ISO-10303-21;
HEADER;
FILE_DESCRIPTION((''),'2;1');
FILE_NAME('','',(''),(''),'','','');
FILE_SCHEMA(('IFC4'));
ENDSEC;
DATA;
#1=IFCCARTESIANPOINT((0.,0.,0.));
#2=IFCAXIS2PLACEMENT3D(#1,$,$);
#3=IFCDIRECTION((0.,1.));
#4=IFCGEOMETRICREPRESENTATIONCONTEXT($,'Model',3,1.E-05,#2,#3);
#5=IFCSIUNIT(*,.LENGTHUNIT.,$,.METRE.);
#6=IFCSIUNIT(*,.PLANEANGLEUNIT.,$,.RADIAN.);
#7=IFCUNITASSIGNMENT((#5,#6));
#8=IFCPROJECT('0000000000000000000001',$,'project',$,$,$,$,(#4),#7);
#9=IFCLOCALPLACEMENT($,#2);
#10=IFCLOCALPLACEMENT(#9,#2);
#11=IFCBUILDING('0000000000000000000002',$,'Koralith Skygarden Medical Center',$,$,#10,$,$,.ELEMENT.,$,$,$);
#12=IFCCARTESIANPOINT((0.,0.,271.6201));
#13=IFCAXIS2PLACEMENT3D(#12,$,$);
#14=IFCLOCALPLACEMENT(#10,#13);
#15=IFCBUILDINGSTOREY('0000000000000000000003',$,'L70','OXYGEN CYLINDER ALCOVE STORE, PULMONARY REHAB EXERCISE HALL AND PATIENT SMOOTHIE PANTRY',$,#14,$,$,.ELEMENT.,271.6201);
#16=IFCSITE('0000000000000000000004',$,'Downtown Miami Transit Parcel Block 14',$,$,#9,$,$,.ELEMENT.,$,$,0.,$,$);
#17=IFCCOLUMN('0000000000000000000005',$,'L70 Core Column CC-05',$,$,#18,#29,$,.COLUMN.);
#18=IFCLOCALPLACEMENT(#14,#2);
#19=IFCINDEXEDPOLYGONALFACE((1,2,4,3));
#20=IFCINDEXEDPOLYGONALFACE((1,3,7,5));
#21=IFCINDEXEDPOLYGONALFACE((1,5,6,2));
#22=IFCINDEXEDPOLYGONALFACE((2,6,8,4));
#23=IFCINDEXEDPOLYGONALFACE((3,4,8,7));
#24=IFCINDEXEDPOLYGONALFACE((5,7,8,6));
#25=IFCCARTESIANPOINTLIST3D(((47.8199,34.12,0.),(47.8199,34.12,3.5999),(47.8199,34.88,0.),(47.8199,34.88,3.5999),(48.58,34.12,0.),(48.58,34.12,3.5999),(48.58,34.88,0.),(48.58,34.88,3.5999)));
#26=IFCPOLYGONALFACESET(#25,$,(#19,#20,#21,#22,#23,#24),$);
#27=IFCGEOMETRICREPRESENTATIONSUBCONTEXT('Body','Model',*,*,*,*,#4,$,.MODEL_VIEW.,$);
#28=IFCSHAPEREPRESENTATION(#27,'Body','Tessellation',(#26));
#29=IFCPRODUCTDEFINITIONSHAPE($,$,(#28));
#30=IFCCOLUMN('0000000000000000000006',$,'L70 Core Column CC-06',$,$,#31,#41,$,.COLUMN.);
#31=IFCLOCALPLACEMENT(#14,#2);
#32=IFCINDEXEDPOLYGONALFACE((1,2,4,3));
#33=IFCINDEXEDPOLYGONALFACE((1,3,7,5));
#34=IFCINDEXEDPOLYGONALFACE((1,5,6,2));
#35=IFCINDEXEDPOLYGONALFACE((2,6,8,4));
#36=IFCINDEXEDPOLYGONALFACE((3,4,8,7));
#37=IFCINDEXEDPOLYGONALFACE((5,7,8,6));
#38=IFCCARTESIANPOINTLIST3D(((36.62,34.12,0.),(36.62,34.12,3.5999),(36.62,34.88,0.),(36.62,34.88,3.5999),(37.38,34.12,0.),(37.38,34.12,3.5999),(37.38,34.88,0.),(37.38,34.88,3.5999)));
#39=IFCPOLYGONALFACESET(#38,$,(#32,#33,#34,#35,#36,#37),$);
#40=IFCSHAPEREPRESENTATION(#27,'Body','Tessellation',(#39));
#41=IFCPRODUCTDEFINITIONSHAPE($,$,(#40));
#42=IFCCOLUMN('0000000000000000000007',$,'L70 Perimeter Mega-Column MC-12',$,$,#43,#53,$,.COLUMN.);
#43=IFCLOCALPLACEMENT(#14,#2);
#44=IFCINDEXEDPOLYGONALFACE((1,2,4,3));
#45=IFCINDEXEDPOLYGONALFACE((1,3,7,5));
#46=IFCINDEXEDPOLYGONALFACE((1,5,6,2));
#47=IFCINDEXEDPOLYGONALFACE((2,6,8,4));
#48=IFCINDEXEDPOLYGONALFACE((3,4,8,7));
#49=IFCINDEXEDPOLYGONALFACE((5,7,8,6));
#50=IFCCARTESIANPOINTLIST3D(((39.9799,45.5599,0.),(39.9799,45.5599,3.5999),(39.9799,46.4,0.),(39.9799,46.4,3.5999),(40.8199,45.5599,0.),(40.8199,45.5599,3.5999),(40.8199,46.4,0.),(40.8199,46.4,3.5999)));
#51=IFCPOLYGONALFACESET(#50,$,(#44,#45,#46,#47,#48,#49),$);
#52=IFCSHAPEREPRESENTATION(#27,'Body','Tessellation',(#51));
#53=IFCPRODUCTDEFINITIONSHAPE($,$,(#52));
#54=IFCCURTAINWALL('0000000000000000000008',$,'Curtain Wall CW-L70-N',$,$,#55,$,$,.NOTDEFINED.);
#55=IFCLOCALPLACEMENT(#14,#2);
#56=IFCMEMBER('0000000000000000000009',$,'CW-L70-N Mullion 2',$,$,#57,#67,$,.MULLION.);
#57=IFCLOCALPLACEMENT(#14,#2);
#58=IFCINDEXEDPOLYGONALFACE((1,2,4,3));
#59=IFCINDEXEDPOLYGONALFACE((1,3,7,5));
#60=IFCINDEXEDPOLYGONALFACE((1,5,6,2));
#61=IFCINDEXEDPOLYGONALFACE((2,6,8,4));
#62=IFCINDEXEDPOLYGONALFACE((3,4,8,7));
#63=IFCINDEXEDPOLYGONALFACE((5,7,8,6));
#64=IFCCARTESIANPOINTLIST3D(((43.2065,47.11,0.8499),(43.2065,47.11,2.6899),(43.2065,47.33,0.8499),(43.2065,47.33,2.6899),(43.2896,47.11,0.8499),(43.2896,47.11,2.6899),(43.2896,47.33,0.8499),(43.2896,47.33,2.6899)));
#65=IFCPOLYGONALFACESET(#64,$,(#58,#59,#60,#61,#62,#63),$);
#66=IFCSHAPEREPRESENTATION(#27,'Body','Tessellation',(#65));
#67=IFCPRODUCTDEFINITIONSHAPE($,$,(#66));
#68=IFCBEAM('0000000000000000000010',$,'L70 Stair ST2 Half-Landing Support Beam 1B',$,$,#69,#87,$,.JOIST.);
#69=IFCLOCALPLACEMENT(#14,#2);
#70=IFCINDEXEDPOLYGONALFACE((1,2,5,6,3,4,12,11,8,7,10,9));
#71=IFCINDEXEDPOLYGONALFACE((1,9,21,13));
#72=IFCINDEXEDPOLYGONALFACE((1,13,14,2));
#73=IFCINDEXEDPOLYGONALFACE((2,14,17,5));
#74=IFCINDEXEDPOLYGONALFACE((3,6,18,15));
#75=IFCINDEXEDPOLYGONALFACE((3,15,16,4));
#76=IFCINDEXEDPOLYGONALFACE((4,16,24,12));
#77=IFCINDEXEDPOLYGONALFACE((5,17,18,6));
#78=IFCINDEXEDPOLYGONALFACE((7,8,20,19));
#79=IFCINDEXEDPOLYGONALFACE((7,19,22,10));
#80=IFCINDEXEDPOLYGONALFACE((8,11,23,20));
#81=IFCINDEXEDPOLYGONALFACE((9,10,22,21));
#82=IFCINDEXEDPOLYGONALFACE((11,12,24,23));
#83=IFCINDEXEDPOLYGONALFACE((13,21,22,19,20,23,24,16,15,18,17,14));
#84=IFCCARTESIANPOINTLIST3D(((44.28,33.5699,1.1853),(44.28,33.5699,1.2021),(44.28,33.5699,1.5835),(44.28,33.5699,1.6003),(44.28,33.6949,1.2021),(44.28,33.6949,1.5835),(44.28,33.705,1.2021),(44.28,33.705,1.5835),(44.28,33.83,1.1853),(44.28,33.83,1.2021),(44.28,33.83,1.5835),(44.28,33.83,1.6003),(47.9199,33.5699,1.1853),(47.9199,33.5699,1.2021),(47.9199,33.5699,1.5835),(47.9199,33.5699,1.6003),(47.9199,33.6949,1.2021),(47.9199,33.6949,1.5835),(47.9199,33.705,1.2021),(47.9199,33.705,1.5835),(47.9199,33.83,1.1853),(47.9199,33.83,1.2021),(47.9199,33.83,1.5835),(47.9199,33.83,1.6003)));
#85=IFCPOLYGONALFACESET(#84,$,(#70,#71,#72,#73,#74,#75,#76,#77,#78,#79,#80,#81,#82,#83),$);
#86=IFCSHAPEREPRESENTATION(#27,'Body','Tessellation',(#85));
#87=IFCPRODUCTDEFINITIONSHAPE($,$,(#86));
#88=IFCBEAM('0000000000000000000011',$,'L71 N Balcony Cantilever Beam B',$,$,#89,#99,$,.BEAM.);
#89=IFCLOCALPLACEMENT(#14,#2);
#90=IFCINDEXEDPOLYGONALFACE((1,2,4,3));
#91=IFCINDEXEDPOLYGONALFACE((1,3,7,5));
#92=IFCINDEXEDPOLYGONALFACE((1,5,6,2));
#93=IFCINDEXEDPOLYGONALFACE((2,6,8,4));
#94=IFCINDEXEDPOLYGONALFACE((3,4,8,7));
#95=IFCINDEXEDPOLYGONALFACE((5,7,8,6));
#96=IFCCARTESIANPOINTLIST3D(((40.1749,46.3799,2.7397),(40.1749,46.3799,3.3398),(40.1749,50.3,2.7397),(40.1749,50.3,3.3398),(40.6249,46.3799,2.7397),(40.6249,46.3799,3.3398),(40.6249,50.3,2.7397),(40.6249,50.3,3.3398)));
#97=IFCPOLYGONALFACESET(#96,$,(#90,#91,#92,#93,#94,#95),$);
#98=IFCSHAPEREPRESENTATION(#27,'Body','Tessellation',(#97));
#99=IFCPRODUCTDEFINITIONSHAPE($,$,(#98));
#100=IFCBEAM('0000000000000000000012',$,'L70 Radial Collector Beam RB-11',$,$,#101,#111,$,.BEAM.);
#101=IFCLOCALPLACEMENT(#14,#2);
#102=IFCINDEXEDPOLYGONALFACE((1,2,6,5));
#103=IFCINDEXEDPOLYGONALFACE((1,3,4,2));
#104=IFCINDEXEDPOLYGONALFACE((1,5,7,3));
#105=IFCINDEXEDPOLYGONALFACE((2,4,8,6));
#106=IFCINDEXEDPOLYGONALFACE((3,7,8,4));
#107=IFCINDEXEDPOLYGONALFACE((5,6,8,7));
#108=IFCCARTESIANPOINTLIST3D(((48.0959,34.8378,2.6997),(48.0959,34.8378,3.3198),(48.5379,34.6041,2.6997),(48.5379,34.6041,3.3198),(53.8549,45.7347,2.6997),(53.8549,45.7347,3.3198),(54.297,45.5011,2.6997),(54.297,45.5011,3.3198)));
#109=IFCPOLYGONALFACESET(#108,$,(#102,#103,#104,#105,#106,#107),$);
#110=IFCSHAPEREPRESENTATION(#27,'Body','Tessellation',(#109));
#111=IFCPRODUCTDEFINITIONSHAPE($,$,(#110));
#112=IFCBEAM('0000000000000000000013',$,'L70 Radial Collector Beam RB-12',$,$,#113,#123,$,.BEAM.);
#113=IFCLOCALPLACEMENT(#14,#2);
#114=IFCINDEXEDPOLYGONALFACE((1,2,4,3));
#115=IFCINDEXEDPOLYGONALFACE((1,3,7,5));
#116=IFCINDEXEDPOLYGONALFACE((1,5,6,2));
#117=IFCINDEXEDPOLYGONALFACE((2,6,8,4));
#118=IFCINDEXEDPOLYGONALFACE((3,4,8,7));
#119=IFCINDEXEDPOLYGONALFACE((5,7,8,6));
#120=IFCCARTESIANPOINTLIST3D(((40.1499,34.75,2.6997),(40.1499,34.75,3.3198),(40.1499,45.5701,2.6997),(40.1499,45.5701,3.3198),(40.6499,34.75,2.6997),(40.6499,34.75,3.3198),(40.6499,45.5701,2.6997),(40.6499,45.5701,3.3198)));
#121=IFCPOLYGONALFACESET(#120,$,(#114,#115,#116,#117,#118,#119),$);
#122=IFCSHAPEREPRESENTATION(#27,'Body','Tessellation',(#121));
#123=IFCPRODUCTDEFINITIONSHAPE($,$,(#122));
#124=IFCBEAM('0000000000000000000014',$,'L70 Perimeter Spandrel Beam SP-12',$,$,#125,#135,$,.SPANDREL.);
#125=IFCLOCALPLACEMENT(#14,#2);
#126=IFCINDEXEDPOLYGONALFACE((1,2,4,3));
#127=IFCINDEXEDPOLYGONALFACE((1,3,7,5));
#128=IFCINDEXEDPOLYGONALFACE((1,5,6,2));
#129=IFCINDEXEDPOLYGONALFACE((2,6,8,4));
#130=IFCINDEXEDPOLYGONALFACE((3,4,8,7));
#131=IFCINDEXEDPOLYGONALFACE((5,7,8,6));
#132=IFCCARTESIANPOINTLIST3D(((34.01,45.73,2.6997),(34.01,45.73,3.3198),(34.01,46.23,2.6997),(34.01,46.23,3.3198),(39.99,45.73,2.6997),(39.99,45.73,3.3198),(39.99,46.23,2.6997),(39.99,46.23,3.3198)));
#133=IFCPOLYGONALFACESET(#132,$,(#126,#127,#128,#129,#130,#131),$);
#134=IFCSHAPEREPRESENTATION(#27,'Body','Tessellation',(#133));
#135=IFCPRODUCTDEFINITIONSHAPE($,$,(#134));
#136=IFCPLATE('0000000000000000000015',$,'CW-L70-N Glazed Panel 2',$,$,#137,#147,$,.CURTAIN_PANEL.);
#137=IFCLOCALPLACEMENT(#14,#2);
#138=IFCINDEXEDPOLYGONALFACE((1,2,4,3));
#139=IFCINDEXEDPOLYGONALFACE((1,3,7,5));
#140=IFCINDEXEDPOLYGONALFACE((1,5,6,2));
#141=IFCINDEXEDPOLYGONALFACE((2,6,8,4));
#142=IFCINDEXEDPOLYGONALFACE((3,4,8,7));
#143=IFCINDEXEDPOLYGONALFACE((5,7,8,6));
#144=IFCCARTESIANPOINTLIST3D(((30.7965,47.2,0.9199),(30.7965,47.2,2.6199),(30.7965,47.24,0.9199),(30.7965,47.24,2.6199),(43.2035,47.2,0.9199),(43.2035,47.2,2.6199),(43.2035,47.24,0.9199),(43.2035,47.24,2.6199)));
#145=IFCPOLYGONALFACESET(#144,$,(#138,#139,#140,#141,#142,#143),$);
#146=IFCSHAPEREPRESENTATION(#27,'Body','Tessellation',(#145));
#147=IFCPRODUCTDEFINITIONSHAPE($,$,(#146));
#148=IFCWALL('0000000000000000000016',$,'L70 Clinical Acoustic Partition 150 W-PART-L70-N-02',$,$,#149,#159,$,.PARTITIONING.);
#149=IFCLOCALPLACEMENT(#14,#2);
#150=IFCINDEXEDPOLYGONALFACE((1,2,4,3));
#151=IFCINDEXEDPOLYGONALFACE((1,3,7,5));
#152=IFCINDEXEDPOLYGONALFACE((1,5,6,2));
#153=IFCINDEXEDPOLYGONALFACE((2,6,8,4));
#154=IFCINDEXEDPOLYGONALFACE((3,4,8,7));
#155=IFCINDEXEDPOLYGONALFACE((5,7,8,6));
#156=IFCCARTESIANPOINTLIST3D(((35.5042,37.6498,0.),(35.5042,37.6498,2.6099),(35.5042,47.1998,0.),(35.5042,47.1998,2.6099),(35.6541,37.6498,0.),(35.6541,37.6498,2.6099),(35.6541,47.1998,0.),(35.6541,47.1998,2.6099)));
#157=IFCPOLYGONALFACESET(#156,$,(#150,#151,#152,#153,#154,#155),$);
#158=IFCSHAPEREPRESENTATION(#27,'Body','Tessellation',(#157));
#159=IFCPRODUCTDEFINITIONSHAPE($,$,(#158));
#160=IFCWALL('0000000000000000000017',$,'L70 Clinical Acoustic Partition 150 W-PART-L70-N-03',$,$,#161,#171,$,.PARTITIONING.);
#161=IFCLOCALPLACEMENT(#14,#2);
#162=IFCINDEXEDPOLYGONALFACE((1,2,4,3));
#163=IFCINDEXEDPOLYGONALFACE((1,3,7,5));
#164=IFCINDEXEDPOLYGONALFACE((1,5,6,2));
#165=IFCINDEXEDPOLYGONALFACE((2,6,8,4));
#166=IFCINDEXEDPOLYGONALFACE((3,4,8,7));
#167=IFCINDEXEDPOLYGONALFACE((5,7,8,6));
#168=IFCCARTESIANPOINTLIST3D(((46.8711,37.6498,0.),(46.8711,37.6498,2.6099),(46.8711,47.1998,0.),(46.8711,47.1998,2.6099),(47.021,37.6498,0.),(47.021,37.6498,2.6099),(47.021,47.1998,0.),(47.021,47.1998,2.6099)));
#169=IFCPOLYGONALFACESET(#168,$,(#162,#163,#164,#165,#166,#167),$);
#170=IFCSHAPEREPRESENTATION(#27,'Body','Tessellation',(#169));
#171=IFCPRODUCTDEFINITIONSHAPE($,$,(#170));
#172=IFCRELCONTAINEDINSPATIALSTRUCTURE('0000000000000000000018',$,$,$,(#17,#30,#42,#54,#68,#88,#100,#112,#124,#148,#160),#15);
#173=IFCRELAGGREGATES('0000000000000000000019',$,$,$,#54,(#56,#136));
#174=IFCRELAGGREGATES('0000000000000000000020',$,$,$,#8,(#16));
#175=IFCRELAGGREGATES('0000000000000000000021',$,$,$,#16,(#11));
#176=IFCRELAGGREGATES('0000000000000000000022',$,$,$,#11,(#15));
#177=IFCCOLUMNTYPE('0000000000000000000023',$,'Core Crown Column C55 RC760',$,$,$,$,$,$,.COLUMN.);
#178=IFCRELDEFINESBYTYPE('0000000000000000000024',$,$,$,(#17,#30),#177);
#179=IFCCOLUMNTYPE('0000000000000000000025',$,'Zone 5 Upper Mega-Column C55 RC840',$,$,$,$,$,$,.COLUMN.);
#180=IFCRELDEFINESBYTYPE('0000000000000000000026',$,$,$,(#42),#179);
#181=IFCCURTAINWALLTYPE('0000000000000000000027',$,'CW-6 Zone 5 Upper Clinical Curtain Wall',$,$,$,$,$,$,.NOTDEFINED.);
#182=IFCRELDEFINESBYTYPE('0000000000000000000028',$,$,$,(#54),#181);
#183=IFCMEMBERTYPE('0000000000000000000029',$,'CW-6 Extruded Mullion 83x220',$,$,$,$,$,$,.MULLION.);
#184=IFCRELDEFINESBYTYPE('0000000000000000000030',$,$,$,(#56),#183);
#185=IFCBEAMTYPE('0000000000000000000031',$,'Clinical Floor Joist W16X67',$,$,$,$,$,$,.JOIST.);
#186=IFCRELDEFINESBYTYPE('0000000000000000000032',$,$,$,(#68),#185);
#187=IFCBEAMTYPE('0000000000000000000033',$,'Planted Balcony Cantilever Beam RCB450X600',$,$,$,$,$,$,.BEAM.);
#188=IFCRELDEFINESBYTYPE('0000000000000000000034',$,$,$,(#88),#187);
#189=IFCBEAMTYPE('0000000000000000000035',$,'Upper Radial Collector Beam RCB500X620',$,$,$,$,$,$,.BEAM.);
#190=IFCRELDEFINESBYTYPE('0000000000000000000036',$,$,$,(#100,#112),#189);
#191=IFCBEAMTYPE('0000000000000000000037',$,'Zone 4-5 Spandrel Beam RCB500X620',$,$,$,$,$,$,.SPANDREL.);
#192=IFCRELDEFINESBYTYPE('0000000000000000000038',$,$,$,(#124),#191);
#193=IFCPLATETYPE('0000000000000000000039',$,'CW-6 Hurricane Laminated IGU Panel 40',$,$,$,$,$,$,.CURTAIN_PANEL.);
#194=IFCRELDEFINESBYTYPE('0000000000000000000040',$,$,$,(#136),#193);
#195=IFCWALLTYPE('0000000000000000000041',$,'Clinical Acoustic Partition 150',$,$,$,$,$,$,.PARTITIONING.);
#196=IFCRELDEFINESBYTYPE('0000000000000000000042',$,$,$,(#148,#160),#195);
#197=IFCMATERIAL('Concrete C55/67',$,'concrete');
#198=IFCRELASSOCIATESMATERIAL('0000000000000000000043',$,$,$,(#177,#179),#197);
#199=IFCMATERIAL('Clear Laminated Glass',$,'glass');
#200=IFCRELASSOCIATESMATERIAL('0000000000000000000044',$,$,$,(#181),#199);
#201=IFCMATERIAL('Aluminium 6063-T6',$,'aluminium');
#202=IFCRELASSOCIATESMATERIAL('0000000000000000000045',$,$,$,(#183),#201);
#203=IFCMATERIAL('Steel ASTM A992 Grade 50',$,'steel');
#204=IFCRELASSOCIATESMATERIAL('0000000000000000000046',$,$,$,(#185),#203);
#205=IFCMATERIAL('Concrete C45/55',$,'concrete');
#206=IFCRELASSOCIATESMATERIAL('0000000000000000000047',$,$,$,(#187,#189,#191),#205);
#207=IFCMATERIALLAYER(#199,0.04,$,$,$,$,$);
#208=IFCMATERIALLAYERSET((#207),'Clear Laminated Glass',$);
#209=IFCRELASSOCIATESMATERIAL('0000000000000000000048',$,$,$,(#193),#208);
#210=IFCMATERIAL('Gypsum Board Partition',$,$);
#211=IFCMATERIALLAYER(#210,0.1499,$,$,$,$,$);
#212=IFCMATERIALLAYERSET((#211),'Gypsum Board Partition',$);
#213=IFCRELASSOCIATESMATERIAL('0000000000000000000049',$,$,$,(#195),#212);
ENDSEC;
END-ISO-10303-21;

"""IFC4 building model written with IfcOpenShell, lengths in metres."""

from ifc_helpers import new_model, si_unit, direction, frame, frame_2d, origin, origin_2d, place, context, subcontext, project, spatial, rectangle, i_section, extrude, material, layer, layer_set, material_profile, profile_set, type_object, element, aggregate, save


model = new_model("IFC4")

# Units and contexts
model_context = context("Model", 3, precision=1e-05, world=origin(), true_north=direction((0.0, 1.0)))
body_context = subcontext(model_context, "Body", "Model", "MODEL_VIEW")
ifc_project = project(units=[si_unit("LENGTHUNIT", "METRE"), si_unit("PLANEANGLEUNIT", "RADIAN")], contexts=[model_context])

# Site, building, storey
site_placement = place(None, origin())
site = spatial("IfcSite", under=ifc_project, at=site_placement, Name="Downtown Miami Transit Parcel Block 14", CompositionType="ELEMENT", RefElevation=0.0)
building_placement = place(site_placement, origin())
building = spatial("IfcBuilding", under=site, at=building_placement, Name="Koralith Skygarden Medical Center", CompositionType="ELEMENT")
storey_placement = place(building_placement, frame((0.0, 0.0, 271.6201)))
storey = spatial("IfcBuildingStorey", under=building, at=storey_placement, Name="L70", Description="OXYGEN CYLINDER ALCOVE STORE, PULMONARY REHAB EXERCISE HALL AND PATIENT SMOOTHIE PANTRY", CompositionType="ELEMENT", Elevation=271.6201)

# Columns
ifc_material_1 = material(Name="Concrete C55/67", Category="concrete")
ifc_material_profile_1 = material_profile(ifc_material_1, rectangle(XDim=0.76, YDim=0.76, at=origin_2d()), Name="RC760X760")
ifc_profile_set_1 = profile_set([ifc_material_profile_1], Name="Concrete C55/67")
column_type_1 = type_object("IfcColumnType", Name="Core Crown Column C55 RC760", PredefinedType="COLUMN", material=ifc_profile_set_1)
for number, where, z_axis, x_axis, name in (
    (1, (48.2, 34.5, 0.0), (0.0, 0.0, 1.0), (1.0, 0.0, 0.0), "L70 Core Column CC-05"),
    (2, (37.0, 34.5, 0.0), (0.0, 0.0, 1.0), (1.0, 0.0, 0.0), "L70 Core Column CC-06"),
):
    element("IfcColumn", number, at=place(storey_placement, frame(where, z_axis=z_axis, x_axis=x_axis)), inside=storey, type_object=column_type_1, Name=name, PredefinedType="COLUMN", context=body_context, shape_type="SweptSolid", body=[
        extrude(rectangle(XDim=0.76, YDim=0.76, at=origin_2d()), origin(), (0.0, 0.0, 1.0), 3.5999),
    ])
ifc_material_profile_2 = material_profile(ifc_material_1, rectangle(XDim=0.8401, YDim=0.8401, at=origin_2d()), Name="RC840X840")
ifc_profile_set_2 = profile_set([ifc_material_profile_2], Name="Concrete C55/67")
column_type_2 = type_object("IfcColumnType", Name="Zone 5 Upper Mega-Column C55 RC840", PredefinedType="COLUMN", material=ifc_profile_set_2)
column_placement = place(storey_placement, frame((40.3999, 45.98, 0.0), z_axis=(0.0, 0.0, 1.0), x_axis=(1.0, 0.0, 0.0)))
element("IfcColumn", 3, at=column_placement, inside=storey, type_object=column_type_2, Name="L70 Perimeter Mega-Column MC-12", PredefinedType="COLUMN", context=body_context, shape_type="SweptSolid", body=[
    extrude(rectangle(XDim=0.8401, YDim=0.8401, at=origin_2d()), origin(), (0.0, 0.0, 1.0), 3.5999),
])

# Curtain wall, member
ifc_material_2 = material(Name="Clear Laminated Glass", Category="glass")
curtain_wall_type = type_object("IfcCurtainWallType", Name="CW-6 Zone 5 Upper Clinical Curtain Wall", PredefinedType="NOTDEFINED", material=ifc_material_2)
curtain_wall_placement = place(storey_placement, origin())
curtain_wall = element("IfcCurtainWall", 4, at=curtain_wall_placement, inside=storey, type_object=curtain_wall_type, Name="Curtain Wall CW-L70-N", PredefinedType="NOTDEFINED")
ifc_material_3 = material(Name="Aluminium 6063-T6", Category="aluminium")
ifc_material_profile_3 = material_profile(ifc_material_3, rectangle(XDim=0.083, YDim=0.22, at=origin_2d()), Name="MUL83X220")
ifc_profile_set_3 = profile_set([ifc_material_profile_3], Name="Aluminium 6063-T6")
member_type = type_object("IfcMemberType", Name="CW-6 Extruded Mullion 83x220", PredefinedType="MULLION", material=ifc_profile_set_3)
member_placement = place(storey_placement, frame((43.248, 47.22, 0.8499), z_axis=(0.0, 0.0, 1.0), x_axis=(1.0, 0.0, 0.0)))
member = element("IfcMember", 5, at=member_placement, type_object=member_type, Name="CW-L70-N Mullion 2", PredefinedType="MULLION", context=body_context, shape_type="SweptSolid", body=[
    extrude(rectangle(XDim=0.083, YDim=0.22, at=origin_2d()), origin(), (0.0, 0.0, 1.0), 1.8401),
])

# Beams
ifc_material_4 = material(Name="Steel ASTM A992 Grade 50", Category="steel")
ifc_material_profile_4 = material_profile(ifc_material_4, i_section(OverallWidth=0.26, OverallDepth=0.415, WebThickness=0.01, FlangeThickness=0.0168, at=origin_2d()), Name="W16X67")
ifc_profile_set_4 = profile_set([ifc_material_profile_4], Name="Steel ASTM A992 Grade 50")
beam_type_1 = type_object("IfcBeamType", Name="Clinical Floor Joist W16X67", PredefinedType="JOIST", material=ifc_profile_set_4)
beam_1_placement = place(storey_placement, frame((44.28, 33.7, 1.3928), z_axis=(1.0, 0.0, 0.0), x_axis=(0.0, 1.0, 0.0)))
element("IfcBeam", 6, at=beam_1_placement, inside=storey, type_object=beam_type_1, Name="L70 Stair ST2 Half-Landing Support Beam 1B", PredefinedType="JOIST", context=body_context, shape_type="SweptSolid", body=[
    extrude(i_section(OverallWidth=0.26, OverallDepth=0.415, WebThickness=0.01, FlangeThickness=0.0168, at=origin_2d()), origin(), (0.0, 0.0, 1.0), 3.6399),
])
ifc_material_5 = material(Name="Concrete C45/55", Category="concrete")
ifc_material_profile_5 = material_profile(ifc_material_5, rectangle(XDim=0.45, YDim=0.6001, at=origin_2d()), Name="RCB450X600")
ifc_profile_set_5 = profile_set([ifc_material_profile_5], Name="Concrete C45/55")
beam_type_2 = type_object("IfcBeamType", Name="Planted Balcony Cantilever Beam RCB450X600", PredefinedType="BEAM", material=ifc_profile_set_5)
beam_2_placement = place(storey_placement, frame((40.3999, 46.3799, 3.0398), z_axis=(0.0, 1.0, 0.0), x_axis=(-1.0, 0.0, 0.0)))
element("IfcBeam", 7, at=beam_2_placement, inside=storey, type_object=beam_type_2, Name="L71 N Balcony Cantilever Beam B", PredefinedType="BEAM", context=body_context, shape_type="SweptSolid", body=[
    extrude(rectangle(XDim=0.45, YDim=0.6001, at=origin_2d()), origin(), (0.0, 0.0, 1.0), 3.9202),
])
ifc_material_profile_6 = material_profile(ifc_material_5, rectangle(XDim=0.5, YDim=0.6201, at=origin_2d()), Name="RCB500X620")
ifc_profile_set_6 = profile_set([ifc_material_profile_6], Name="Concrete C45/55")
beam_type_3 = type_object("IfcBeamType", Name="Upper Radial Collector Beam RCB500X620", PredefinedType="BEAM", material=ifc_profile_set_6)
beam_3_placement = place(storey_placement, frame((48.3169, 34.7209, 3.0098), z_axis=(0.467257, 0.884122, 0.0), x_axis=(-0.884122, 0.467257, 0.0)))
element("IfcBeam", 8, at=beam_3_placement, inside=storey, type_object=beam_type_3, Name="L70 Radial Collector Beam RB-11", PredefinedType="BEAM", context=body_context, shape_type="SweptSolid", body=[
    extrude(rectangle(XDim=0.5, YDim=0.6201, at=origin_2d()), origin(), (0.0, 0.0, 1.0), 12.3252),
])
beam_4_placement = place(storey_placement, frame((40.3999, 34.75, 3.0098), z_axis=(0.0, 1.0, 0.0), x_axis=(-1.0, 0.0, 0.0)))
element("IfcBeam", 9, at=beam_4_placement, inside=storey, type_object=beam_type_3, Name="L70 Radial Collector Beam RB-12", PredefinedType="BEAM", context=body_context, shape_type="SweptSolid", body=[
    extrude(rectangle(XDim=0.5, YDim=0.6201, at=origin_2d()), origin(), (0.0, 0.0, 1.0), 10.8201),
])
ifc_material_profile_7 = material_profile(ifc_material_5, rectangle(XDim=0.5, YDim=0.6201, at=origin_2d()), Name="RCB500X620")
ifc_profile_set_7 = profile_set([ifc_material_profile_7], Name="Concrete C45/55")
beam_type_4 = type_object("IfcBeamType", Name="Zone 4-5 Spandrel Beam RCB500X620", PredefinedType="SPANDREL", material=ifc_profile_set_7)
beam_5_placement = place(storey_placement, frame((39.99, 45.98, 3.0098), z_axis=(-1.0, 0.0, 0.0), x_axis=(0.0, -1.0, 0.0)))
element("IfcBeam", 10, at=beam_5_placement, inside=storey, type_object=beam_type_4, Name="L70 Perimeter Spandrel Beam SP-12", PredefinedType="SPANDREL", context=body_context, shape_type="SweptSolid", body=[
    extrude(rectangle(XDim=0.5, YDim=0.6201, at=origin_2d()), origin(), (0.0, 0.0, 1.0), 5.98),
])

# Plate
ifc_layer_1 = layer(ifc_material_2, 0.04)
ifc_layer_set_1 = layer_set([ifc_layer_1], Name="Clear Laminated Glass")
plate_type = type_object("IfcPlateType", Name="CW-6 Hurricane Laminated IGU Panel 40", PredefinedType="CURTAIN_PANEL", material=ifc_layer_set_1)
plate_placement = place(storey_placement, frame((37.0, 47.22, 0.9199), z_axis=(0.0, 0.0, 1.0), x_axis=(-1.0, 0.0, 0.0)))
plate = element("IfcPlate", 11, at=plate_placement, type_object=plate_type, Name="CW-L70-N Glazed Panel 2", PredefinedType="CURTAIN_PANEL", context=body_context, shape_type="SweptSolid", body=[
    extrude(rectangle(XDim=12.407, YDim=0.04, at=origin_2d()), origin(), (0.0, 0.0, 1.0), 1.7),
])
aggregate(curtain_wall, [member, plate])

# Walls
ifc_material_6 = material(Name="Gypsum Board Partition")
ifc_layer_2 = layer(ifc_material_6, 0.1499)
ifc_layer_set_2 = layer_set([ifc_layer_2], Name="Gypsum Board Partition")
wall_type_1 = type_object("IfcWallType", Name="Clinical Acoustic Partition 150", PredefinedType="PARTITIONING", material=ifc_layer_set_2)
for number, where, z_axis, x_axis, name in (
    (12, (35.5791, 37.6499, 0.0), (0.0, 0.0, 1.0), (0.0, 1.0, 0.0), "L70 Clinical Acoustic Partition 150 W-PART-L70-N-02"),
    (13, (46.946, 37.6499, 0.0), (0.0, 0.0, 1.0), (0.0, 1.0, 0.0), "L70 Clinical Acoustic Partition 150 W-PART-L70-N-03"),
):
    element("IfcWall", number, at=place(storey_placement, frame(where, z_axis=z_axis, x_axis=x_axis)), inside=storey, type_object=wall_type_1, Name=name, PredefinedType="PARTITIONING", context=body_context, shape_type="SweptSolid", body=[
        extrude(rectangle(XDim=9.55, YDim=0.1499, at=frame_2d((4.7749, 0.0))), origin(), (0.0, 0.0, 1.0), 2.6099),
    ])

save(model, "model.ifc")
